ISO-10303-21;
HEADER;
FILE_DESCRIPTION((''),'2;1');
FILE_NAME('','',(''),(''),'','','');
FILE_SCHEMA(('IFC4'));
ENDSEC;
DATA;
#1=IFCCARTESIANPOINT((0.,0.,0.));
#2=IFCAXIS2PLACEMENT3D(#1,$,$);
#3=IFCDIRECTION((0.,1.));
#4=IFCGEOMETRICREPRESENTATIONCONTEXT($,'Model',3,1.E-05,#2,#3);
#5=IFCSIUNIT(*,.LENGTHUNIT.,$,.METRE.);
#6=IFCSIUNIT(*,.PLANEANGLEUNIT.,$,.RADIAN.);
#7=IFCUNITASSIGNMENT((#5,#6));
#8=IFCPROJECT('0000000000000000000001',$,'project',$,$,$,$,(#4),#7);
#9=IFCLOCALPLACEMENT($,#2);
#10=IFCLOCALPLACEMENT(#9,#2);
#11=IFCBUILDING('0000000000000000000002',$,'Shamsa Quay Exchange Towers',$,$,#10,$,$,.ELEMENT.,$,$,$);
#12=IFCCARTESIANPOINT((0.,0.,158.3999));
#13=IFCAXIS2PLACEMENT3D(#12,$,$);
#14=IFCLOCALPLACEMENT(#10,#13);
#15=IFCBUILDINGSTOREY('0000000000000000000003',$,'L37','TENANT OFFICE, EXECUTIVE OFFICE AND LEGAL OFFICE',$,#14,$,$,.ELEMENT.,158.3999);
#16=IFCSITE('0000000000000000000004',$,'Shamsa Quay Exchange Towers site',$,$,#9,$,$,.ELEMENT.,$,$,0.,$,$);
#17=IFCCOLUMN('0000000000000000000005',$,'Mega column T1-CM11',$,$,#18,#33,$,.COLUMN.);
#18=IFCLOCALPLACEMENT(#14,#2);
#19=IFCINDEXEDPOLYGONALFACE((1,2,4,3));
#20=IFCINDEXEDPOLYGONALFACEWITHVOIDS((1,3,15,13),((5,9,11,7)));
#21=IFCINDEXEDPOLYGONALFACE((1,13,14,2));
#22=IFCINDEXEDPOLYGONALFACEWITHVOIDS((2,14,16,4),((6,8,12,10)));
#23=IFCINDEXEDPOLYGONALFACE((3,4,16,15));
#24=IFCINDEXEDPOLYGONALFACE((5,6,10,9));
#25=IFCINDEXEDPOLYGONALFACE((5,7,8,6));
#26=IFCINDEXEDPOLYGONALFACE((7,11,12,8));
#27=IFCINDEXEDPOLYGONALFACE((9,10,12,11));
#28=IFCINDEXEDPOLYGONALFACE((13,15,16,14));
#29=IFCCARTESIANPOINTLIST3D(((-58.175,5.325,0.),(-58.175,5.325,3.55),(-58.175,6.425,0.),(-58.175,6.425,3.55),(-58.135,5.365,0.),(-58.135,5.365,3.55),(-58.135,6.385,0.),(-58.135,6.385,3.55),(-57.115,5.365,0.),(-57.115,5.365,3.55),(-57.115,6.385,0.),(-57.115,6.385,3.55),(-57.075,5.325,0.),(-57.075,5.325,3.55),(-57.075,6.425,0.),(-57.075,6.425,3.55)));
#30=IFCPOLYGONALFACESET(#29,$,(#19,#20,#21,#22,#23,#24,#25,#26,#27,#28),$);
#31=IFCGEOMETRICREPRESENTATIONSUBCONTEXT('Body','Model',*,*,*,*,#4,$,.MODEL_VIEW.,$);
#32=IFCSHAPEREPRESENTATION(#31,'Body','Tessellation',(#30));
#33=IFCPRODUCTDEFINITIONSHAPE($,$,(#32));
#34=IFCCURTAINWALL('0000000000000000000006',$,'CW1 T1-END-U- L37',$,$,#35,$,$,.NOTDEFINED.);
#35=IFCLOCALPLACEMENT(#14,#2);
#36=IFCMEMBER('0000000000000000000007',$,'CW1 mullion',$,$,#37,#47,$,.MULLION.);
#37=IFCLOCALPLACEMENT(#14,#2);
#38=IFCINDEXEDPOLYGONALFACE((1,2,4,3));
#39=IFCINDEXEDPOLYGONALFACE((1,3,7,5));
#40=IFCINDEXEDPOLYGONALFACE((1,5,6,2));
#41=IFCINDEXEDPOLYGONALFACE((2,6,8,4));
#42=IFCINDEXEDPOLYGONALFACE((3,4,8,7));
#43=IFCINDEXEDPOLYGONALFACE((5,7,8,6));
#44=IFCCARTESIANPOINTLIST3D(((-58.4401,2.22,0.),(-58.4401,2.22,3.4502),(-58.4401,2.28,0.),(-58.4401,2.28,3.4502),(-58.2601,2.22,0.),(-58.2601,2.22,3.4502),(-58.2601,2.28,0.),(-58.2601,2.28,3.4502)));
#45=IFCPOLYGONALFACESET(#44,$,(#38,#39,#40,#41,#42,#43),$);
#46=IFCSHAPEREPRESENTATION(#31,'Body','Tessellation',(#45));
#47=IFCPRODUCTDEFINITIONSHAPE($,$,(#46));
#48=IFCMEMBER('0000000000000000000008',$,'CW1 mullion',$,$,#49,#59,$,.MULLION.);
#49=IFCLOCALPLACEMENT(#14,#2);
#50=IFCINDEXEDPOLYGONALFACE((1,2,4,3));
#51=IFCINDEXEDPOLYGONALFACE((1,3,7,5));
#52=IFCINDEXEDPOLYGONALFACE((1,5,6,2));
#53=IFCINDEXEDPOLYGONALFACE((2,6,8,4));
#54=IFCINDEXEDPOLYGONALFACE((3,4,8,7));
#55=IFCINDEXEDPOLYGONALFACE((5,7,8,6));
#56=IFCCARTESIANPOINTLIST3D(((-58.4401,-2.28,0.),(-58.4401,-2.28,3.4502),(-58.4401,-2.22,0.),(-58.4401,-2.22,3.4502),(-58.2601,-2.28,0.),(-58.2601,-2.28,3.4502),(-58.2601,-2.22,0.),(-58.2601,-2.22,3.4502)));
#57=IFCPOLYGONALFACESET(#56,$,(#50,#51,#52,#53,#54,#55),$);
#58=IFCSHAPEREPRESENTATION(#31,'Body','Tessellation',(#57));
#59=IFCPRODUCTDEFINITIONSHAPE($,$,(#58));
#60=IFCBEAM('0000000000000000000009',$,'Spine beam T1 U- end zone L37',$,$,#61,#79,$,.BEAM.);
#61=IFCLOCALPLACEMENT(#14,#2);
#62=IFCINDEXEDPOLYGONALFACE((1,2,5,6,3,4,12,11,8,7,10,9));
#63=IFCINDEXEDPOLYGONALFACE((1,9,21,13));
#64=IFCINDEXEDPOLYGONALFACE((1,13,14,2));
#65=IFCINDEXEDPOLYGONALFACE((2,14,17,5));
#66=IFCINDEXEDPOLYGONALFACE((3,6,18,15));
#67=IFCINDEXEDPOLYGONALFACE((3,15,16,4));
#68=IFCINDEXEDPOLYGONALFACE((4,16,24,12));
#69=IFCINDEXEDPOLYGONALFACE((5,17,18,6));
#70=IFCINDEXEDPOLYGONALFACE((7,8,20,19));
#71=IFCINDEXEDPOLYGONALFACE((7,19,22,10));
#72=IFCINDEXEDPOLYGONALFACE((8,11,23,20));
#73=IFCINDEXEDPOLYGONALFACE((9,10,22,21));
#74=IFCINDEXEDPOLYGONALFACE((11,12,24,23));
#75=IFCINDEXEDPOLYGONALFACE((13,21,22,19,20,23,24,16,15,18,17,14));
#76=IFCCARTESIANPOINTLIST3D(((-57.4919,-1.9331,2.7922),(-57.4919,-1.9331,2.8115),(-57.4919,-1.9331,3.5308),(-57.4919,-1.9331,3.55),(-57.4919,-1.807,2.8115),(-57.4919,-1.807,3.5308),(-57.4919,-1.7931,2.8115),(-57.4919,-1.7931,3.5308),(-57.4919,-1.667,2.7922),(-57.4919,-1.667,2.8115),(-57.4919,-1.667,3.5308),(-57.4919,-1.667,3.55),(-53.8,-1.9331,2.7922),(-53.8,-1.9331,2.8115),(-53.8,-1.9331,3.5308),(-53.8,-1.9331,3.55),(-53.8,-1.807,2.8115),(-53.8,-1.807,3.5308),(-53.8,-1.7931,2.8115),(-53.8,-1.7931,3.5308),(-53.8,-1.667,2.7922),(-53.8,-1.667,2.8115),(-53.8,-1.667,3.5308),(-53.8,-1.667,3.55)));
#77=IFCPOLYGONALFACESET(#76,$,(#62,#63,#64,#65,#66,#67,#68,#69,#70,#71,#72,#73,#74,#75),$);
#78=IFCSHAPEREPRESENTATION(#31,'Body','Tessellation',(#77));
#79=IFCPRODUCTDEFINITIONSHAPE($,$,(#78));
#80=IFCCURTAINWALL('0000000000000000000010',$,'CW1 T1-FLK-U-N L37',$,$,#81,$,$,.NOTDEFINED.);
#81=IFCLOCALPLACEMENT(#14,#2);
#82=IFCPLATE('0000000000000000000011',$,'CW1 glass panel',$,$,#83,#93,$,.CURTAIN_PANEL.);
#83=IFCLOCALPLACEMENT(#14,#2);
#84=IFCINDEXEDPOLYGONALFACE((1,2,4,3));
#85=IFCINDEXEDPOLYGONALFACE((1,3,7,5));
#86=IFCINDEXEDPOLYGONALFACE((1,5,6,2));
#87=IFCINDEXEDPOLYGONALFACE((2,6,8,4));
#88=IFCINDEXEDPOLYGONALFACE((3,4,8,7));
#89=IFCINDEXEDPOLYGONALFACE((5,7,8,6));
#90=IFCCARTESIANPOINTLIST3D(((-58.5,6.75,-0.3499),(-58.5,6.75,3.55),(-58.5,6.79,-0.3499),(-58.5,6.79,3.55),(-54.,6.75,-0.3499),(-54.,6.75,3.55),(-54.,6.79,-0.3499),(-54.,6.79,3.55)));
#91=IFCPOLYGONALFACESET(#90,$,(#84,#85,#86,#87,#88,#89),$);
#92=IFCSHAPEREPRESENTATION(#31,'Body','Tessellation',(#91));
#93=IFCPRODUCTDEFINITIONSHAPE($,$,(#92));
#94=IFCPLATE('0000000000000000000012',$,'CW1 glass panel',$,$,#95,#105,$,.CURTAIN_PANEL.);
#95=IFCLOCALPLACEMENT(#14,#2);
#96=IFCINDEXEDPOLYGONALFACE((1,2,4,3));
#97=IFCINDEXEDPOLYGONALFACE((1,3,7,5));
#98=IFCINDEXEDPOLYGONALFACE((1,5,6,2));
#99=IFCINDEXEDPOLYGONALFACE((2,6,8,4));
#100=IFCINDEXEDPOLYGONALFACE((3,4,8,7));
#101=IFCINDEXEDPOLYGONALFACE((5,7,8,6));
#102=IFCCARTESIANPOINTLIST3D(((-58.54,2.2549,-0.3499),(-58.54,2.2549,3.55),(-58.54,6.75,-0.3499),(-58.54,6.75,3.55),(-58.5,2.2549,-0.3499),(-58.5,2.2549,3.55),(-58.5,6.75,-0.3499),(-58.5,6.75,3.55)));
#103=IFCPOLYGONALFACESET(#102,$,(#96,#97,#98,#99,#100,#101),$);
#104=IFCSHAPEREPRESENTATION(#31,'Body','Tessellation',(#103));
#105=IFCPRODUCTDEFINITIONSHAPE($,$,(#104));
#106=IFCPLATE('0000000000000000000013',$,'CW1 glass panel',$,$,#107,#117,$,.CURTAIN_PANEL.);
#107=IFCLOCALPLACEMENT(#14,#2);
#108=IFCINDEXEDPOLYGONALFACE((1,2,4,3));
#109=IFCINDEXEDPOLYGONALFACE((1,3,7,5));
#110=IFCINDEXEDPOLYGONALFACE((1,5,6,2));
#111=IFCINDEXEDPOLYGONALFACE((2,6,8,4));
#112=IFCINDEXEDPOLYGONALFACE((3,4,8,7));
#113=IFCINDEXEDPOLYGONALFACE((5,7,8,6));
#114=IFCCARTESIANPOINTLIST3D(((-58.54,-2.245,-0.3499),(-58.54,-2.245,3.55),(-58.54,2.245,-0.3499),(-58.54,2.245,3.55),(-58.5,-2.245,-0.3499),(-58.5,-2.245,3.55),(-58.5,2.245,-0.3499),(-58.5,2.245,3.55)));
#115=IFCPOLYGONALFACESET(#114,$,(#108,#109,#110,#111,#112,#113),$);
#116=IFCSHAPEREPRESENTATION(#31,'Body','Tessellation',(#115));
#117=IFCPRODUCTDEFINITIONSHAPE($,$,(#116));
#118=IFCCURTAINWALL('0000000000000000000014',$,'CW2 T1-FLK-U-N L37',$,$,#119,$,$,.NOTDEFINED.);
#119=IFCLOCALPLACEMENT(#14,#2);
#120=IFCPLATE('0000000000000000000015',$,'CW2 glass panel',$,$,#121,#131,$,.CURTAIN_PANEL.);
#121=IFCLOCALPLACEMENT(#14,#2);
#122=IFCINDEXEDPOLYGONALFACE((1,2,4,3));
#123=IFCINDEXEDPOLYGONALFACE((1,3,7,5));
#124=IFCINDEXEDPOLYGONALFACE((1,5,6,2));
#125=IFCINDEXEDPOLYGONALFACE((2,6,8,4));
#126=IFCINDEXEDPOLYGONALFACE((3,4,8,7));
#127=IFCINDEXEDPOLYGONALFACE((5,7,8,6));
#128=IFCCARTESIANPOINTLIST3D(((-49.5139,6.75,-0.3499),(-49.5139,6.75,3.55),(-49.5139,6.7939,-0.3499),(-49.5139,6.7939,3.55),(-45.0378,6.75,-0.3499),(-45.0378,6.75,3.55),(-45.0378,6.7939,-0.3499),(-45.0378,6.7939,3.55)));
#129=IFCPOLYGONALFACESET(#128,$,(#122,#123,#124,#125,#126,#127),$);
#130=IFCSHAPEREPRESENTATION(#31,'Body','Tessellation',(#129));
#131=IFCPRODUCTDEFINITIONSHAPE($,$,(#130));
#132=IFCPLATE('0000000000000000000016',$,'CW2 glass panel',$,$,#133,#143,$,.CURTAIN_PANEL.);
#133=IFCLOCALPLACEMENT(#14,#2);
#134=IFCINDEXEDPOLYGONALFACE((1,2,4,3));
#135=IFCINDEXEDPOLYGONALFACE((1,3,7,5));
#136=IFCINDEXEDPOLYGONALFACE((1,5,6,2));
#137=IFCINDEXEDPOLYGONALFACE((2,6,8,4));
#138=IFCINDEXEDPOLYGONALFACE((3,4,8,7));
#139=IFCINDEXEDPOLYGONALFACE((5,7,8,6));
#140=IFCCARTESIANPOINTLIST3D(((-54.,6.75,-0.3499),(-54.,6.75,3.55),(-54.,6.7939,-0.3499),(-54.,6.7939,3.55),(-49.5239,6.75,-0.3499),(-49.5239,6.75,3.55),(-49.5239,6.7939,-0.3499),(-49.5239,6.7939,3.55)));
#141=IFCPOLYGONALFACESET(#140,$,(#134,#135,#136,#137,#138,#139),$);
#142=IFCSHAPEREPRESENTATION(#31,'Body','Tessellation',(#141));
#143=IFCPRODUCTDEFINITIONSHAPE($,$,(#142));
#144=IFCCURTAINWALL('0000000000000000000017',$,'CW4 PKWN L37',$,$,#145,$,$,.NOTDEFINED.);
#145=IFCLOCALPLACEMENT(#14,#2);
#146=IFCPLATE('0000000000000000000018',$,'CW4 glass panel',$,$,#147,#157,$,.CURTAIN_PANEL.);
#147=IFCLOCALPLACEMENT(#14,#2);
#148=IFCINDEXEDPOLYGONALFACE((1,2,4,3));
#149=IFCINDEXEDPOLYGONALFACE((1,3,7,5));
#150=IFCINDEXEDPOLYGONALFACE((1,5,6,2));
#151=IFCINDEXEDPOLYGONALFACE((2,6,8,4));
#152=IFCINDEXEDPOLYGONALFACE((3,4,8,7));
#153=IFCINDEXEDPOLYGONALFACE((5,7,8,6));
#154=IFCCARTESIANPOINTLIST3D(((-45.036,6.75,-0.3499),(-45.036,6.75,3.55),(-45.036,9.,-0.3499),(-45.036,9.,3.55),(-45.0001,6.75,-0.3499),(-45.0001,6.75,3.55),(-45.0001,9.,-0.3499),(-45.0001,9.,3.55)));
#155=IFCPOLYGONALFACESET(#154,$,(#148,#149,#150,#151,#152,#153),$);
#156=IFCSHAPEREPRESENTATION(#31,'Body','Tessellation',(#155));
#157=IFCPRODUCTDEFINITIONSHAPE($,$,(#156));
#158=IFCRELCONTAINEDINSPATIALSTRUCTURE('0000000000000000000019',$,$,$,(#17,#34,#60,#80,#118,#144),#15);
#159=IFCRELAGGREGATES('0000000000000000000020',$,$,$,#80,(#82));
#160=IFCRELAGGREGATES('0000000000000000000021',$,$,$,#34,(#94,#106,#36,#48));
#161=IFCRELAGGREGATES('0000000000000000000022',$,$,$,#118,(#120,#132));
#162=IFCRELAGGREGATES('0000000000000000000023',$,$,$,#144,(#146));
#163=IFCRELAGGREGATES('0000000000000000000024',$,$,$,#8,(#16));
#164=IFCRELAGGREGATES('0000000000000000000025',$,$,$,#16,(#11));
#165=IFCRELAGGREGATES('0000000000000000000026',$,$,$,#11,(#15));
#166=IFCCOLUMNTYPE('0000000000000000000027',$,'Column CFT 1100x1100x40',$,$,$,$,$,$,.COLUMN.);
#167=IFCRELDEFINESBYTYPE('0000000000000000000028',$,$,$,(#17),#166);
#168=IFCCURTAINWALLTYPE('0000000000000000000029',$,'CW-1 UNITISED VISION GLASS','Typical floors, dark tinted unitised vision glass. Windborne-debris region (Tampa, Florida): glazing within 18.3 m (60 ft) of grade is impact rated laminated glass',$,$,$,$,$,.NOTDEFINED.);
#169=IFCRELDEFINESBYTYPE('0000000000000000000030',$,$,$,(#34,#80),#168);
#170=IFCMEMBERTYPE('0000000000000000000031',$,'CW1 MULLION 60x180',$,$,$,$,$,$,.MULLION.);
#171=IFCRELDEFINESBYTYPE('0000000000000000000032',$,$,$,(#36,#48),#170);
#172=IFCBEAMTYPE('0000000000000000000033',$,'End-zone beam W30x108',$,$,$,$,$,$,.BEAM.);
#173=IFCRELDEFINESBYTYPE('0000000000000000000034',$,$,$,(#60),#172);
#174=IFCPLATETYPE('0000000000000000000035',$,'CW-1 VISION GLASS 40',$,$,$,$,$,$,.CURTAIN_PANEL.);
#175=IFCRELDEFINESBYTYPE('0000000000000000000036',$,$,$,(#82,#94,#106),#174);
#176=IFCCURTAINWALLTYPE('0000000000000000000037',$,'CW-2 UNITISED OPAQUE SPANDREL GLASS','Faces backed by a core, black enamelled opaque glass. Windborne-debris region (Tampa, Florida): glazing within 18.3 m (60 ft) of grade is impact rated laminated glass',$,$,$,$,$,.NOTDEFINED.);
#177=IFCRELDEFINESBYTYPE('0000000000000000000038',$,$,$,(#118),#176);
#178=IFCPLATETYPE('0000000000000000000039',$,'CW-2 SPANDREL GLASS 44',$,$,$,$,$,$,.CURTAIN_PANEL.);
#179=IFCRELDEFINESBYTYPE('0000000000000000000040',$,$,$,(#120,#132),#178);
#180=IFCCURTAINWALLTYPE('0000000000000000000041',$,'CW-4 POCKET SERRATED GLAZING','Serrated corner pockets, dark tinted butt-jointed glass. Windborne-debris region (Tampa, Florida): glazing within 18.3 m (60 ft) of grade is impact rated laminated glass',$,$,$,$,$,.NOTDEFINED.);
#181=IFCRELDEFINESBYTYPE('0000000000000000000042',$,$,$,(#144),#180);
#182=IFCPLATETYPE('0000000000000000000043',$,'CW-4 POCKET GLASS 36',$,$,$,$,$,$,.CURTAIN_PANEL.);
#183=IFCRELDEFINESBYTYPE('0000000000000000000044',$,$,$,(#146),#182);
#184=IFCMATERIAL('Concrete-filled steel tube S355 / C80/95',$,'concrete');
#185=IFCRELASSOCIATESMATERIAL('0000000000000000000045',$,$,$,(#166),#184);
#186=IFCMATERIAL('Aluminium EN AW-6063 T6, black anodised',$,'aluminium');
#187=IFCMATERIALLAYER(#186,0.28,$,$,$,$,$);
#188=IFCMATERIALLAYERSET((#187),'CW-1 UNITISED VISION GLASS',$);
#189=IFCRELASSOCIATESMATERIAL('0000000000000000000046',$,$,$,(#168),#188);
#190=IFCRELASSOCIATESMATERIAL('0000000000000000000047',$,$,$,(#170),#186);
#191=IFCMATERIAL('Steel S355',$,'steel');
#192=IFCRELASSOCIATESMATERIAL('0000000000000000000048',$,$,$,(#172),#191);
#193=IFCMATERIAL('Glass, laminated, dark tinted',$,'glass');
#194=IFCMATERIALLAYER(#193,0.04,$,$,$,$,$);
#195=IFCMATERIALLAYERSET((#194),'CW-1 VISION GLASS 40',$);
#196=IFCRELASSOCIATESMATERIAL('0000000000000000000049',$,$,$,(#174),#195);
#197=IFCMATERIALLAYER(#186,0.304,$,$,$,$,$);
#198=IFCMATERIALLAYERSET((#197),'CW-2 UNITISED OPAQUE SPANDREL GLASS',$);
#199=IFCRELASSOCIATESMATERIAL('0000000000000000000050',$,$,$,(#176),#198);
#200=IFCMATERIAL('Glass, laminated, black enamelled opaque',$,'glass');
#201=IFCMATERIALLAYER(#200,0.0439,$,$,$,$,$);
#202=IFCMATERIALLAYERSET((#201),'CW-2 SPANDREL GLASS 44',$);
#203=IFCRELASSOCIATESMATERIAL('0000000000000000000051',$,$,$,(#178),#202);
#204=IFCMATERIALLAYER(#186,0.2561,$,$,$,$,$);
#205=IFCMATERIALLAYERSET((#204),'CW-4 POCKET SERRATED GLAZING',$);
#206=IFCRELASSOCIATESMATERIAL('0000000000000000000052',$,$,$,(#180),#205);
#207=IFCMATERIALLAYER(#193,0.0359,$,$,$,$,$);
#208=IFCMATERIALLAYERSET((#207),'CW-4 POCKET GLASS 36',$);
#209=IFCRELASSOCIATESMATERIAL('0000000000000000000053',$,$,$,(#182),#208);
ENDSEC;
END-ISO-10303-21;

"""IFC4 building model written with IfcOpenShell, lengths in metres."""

from ifc_helpers import new_model, si_unit, direction, frame, origin, origin_2d, place, context, subcontext, project, spatial, rectangle, hollow_rectangle, i_section, extrude, material, layer, layer_set, material_profile, profile_set, type_object, element, aggregate, save


model = new_model("IFC4")

# Units and contexts
model_context = context("Model", 3, precision=1e-05, world=origin(), true_north=direction((0.0, 1.0)))
body_context = subcontext(model_context, "Body", "Model", "MODEL_VIEW")
ifc_project = project(units=[si_unit("LENGTHUNIT", "METRE"), si_unit("PLANEANGLEUNIT", "RADIAN")], contexts=[model_context])

# Site, building, storey
site_placement = place(None, origin())
site = spatial("IfcSite", under=ifc_project, at=site_placement, Name="Shamsa Quay Exchange Towers site", CompositionType="ELEMENT", RefElevation=0.0)
building_placement = place(site_placement, origin())
building = spatial("IfcBuilding", under=site, at=building_placement, Name="Shamsa Quay Exchange Towers", CompositionType="ELEMENT")
storey_placement = place(building_placement, frame((0.0, 0.0, 158.3999)))
storey = spatial("IfcBuildingStorey", under=building, at=storey_placement, Name="L37", Description="TENANT OFFICE, EXECUTIVE OFFICE AND LEGAL OFFICE", CompositionType="ELEMENT", Elevation=158.3999)

# Column
ifc_material_1 = material(Name="Concrete-filled steel tube S355 / C80/95", Category="concrete")
ifc_material_profile_1 = material_profile(ifc_material_1, hollow_rectangle(XDim=1.1001, YDim=1.1001, WallThickness=0.04, at=origin_2d()), Name="CFT 1100x1100x40")
ifc_profile_set_1 = profile_set([ifc_material_profile_1], Name="Concrete-filled steel tube S355 / C80/95")
column_type = type_object("IfcColumnType", Name="Column CFT 1100x1100x40", PredefinedType="COLUMN", material=ifc_profile_set_1)
column_placement = place(storey_placement, frame((-57.625, 5.875, 0.0)))
element("IfcColumn", 1, at=column_placement, inside=storey, type_object=column_type, Name="Mega column T1-CM11", PredefinedType="COLUMN", context=body_context, shape_type="SweptSolid", body=[
    extrude(hollow_rectangle(XDim=1.1001, YDim=1.1001, WallThickness=0.04, at=origin_2d()), origin(), (0.0, 0.0, 1.0), 3.55),
])

# Curtain wall, members
ifc_material_2 = material(Name="Aluminium EN AW-6063 T6, black anodised", Category="aluminium")
ifc_layer_1 = layer(ifc_material_2, 0.28)
ifc_layer_set_1 = layer_set([ifc_layer_1], Name="CW-1 UNITISED VISION GLASS")
curtain_wall_type_1 = type_object("IfcCurtainWallType", Name="CW-1 UNITISED VISION GLASS", Description="Typical floors, dark tinted unitised vision glass. Windborne-debris region (Tampa, Florida): glazing within 18.3 m (60 ft) of grade is impact rated laminated glass", PredefinedType="NOTDEFINED", material=ifc_layer_set_1)
curtain_wall_1_placement = place(storey_placement, origin())
curtain_wall_1 = element("IfcCurtainWall", 2, at=curtain_wall_1_placement, inside=storey, type_object=curtain_wall_type_1, Name="CW1 T1-END-U- L37", PredefinedType="NOTDEFINED")
ifc_material_profile_2 = material_profile(ifc_material_2, rectangle(XDim=0.1799, YDim=0.0601, at=origin_2d()), Name="MU60x180")
ifc_profile_set_2 = profile_set([ifc_material_profile_2], Name="Aluminium EN AW-6063 T6, black anodised")
member_type = type_object("IfcMemberType", Name="CW1 MULLION 60x180", PredefinedType="MULLION", material=ifc_profile_set_2)
member_1_placement = place(storey_placement, frame((-58.3501, 2.25, 0.0)))
member_1 = element("IfcMember", 3, at=member_1_placement, type_object=member_type, Name="CW1 mullion", PredefinedType="MULLION", context=body_context, shape_type="SweptSolid", body=[
    extrude(rectangle(XDim=0.1799, YDim=0.0601, at=origin_2d()), origin(), (0.0, 0.0, 1.0), 3.4502),
])
member_2_placement = place(storey_placement, frame((-58.3501, -2.25, 0.0)))
member_2 = element("IfcMember", 4, at=member_2_placement, type_object=member_type, Name="CW1 mullion", PredefinedType="MULLION", context=body_context, shape_type="SweptSolid", body=[
    extrude(rectangle(XDim=0.1799, YDim=0.0601, at=origin_2d()), origin(), (0.0, 0.0, 1.0), 3.4502),
])

# Beam
ifc_material_3 = material(Name="Steel S355", Category="steel")
ifc_material_profile_3 = material_profile(ifc_material_3, i_section(OverallWidth=0.2661, OverallDepth=0.7578, WebThickness=0.0139, FlangeThickness=0.0193, at=origin_2d()), Name="W30x108")
ifc_profile_set_3 = profile_set([ifc_material_profile_3], Name="Steel S355")
beam_type = type_object("IfcBeamType", Name="End-zone beam W30x108", PredefinedType="BEAM", material=ifc_profile_set_3)
beam_placement = place(storey_placement, frame((-53.8, -1.8, 3.1711), z_axis=(-1.0, 0.0, 0.0), x_axis=(0.0, -1.0, 0.0)))
element("IfcBeam", 5, at=beam_placement, inside=storey, type_object=beam_type, Name="Spine beam T1 U- end zone L37", PredefinedType="BEAM", context=body_context, shape_type="SweptSolid", body=[
    extrude(i_section(OverallWidth=0.2661, OverallDepth=0.7578, WebThickness=0.0139, FlangeThickness=0.0193, at=origin_2d()), origin(), (0.0, 0.0, 1.0), 3.6919),
])

# Curtain wall, plate
curtain_wall_2_placement = place(storey_placement, origin())
curtain_wall_2 = element("IfcCurtainWall", 6, at=curtain_wall_2_placement, inside=storey, type_object=curtain_wall_type_1, Name="CW1 T1-FLK-U-N L37", PredefinedType="NOTDEFINED")
ifc_material_4 = material(Name="Glass, laminated, dark tinted", Category="glass")
ifc_layer_2 = layer(ifc_material_4, 0.04)
ifc_layer_set_2 = layer_set([ifc_layer_2], Name="CW-1 VISION GLASS 40")
plate_type_1 = type_object("IfcPlateType", Name="CW-1 VISION GLASS 40", PredefinedType="CURTAIN_PANEL", material=ifc_layer_set_2)
plate_1_placement = place(storey_placement, frame((-56.25, 6.77, -0.3499), z_axis=(0.0, 0.0, 1.0), x_axis=(-1.0, 0.0, 0.0)))
plate_1 = element("IfcPlate", 7, at=plate_1_placement, type_object=plate_type_1, Name="CW1 glass panel", PredefinedType="CURTAIN_PANEL", context=body_context, shape_type="SweptSolid", body=[
    extrude(rectangle(XDim=4.5, YDim=0.04, at=origin_2d()), origin(), (0.0, 0.0, 1.0), 3.8999),
])
aggregate(curtain_wall_2, [plate_1])

# Plates
plate_2_placement = place(storey_placement, frame((-58.52, 4.5024, -0.3499), z_axis=(0.0, 0.0, 1.0), x_axis=(0.0, -1.0, 0.0)))
plate_2 = element("IfcPlate", 8, at=plate_2_placement, type_object=plate_type_1, Name="CW1 glass panel", PredefinedType="CURTAIN_PANEL", context=body_context, shape_type="SweptSolid", body=[
    extrude(rectangle(XDim=4.4951, YDim=0.04, at=origin_2d()), origin(), (0.0, 0.0, 1.0), 3.8999),
])
plate_3_placement = place(storey_placement, frame((-58.52, 0.0, -0.3499), z_axis=(0.0, 0.0, 1.0), x_axis=(0.0, -1.0, 0.0)))
plate_3 = element("IfcPlate", 9, at=plate_3_placement, type_object=plate_type_1, Name="CW1 glass panel", PredefinedType="CURTAIN_PANEL", context=body_context, shape_type="SweptSolid", body=[
    extrude(rectangle(XDim=4.49, YDim=0.04, at=origin_2d()), origin(), (0.0, 0.0, 1.0), 3.8999),
])
aggregate(curtain_wall_1, [plate_2, plate_3, member_1, member_2])

# Curtain wall, plates
ifc_layer_3 = layer(ifc_material_2, 0.304)
ifc_layer_set_3 = layer_set([ifc_layer_3], Name="CW-2 UNITISED OPAQUE SPANDREL GLASS")
curtain_wall_type_2 = type_object("IfcCurtainWallType", Name="CW-2 UNITISED OPAQUE SPANDREL GLASS", Description="Faces backed by a core, black enamelled opaque glass. Windborne-debris region (Tampa, Florida): glazing within 18.3 m (60 ft) of grade is impact rated laminated glass", PredefinedType="NOTDEFINED", material=ifc_layer_set_3)
curtain_wall_3_placement = place(storey_placement, origin())
curtain_wall_3 = element("IfcCurtainWall", 10, at=curtain_wall_3_placement, inside=storey, type_object=curtain_wall_type_2, Name="CW2 T1-FLK-U-N L37", PredefinedType="NOTDEFINED")
ifc_material_5 = material(Name="Glass, laminated, black enamelled opaque", Category="glass")
ifc_layer_4 = layer(ifc_material_5, 0.0439)
ifc_layer_set_4 = layer_set([ifc_layer_4], Name="CW-2 SPANDREL GLASS 44")
plate_type_2 = type_object("IfcPlateType", Name="CW-2 SPANDREL GLASS 44", PredefinedType="CURTAIN_PANEL", material=ifc_layer_set_4)
plate_4_placement = place(storey_placement, frame((-47.2759, 6.772, -0.3499), z_axis=(0.0, 0.0, 1.0), x_axis=(-1.0, 0.0, 0.0)))
plate_4 = element("IfcPlate", 11, at=plate_4_placement, type_object=plate_type_2, Name="CW2 glass panel", PredefinedType="CURTAIN_PANEL", context=body_context, shape_type="SweptSolid", body=[
    extrude(rectangle(XDim=4.4761, YDim=0.0439, at=origin_2d()), origin(), (0.0, 0.0, 1.0), 3.8999),
])
plate_5_placement = place(storey_placement, frame((-51.762, 6.772, -0.3499), z_axis=(0.0, 0.0, 1.0), x_axis=(-1.0, 0.0, 0.0)))
plate_5 = element("IfcPlate", 12, at=plate_5_placement, type_object=plate_type_2, Name="CW2 glass panel", PredefinedType="CURTAIN_PANEL", context=body_context, shape_type="SweptSolid", body=[
    extrude(rectangle(XDim=4.4761, YDim=0.0439, at=origin_2d()), origin(), (0.0, 0.0, 1.0), 3.8999),
])
aggregate(curtain_wall_3, [plate_4, plate_5])

# Curtain wall, plate
ifc_layer_5 = layer(ifc_material_2, 0.2561)
ifc_layer_set_5 = layer_set([ifc_layer_5], Name="CW-4 POCKET SERRATED GLAZING")
curtain_wall_type_3 = type_object("IfcCurtainWallType", Name="CW-4 POCKET SERRATED GLAZING", Description="Serrated corner pockets, dark tinted butt-jointed glass. Windborne-debris region (Tampa, Florida): glazing within 18.3 m (60 ft) of grade is impact rated laminated glass", PredefinedType="NOTDEFINED", material=ifc_layer_set_5)
curtain_wall_4_placement = place(storey_placement, origin())
curtain_wall_4 = element("IfcCurtainWall", 13, at=curtain_wall_4_placement, inside=storey, type_object=curtain_wall_type_3, Name="CW4 PKWN L37", PredefinedType="NOTDEFINED")
ifc_layer_6 = layer(ifc_material_4, 0.0359)
ifc_layer_set_6 = layer_set([ifc_layer_6], Name="CW-4 POCKET GLASS 36")
plate_type_3 = type_object("IfcPlateType", Name="CW-4 POCKET GLASS 36", PredefinedType="CURTAIN_PANEL", material=ifc_layer_set_6)
plate_6_placement = place(storey_placement, frame((-45.0181, 7.875, -0.3499), z_axis=(0.0, 0.0, 1.0), x_axis=(0.0, -1.0, 0.0)))
plate_6 = element("IfcPlate", 14, at=plate_6_placement, type_object=plate_type_3, Name="CW4 glass panel", PredefinedType="CURTAIN_PANEL", context=body_context, shape_type="SweptSolid", body=[
    extrude(rectangle(XDim=2.25, YDim=0.0359, at=origin_2d()), origin(), (0.0, 0.0, 1.0), 3.8999),
])
aggregate(curtain_wall_4, [plate_6])

save(model, "model.ifc")
